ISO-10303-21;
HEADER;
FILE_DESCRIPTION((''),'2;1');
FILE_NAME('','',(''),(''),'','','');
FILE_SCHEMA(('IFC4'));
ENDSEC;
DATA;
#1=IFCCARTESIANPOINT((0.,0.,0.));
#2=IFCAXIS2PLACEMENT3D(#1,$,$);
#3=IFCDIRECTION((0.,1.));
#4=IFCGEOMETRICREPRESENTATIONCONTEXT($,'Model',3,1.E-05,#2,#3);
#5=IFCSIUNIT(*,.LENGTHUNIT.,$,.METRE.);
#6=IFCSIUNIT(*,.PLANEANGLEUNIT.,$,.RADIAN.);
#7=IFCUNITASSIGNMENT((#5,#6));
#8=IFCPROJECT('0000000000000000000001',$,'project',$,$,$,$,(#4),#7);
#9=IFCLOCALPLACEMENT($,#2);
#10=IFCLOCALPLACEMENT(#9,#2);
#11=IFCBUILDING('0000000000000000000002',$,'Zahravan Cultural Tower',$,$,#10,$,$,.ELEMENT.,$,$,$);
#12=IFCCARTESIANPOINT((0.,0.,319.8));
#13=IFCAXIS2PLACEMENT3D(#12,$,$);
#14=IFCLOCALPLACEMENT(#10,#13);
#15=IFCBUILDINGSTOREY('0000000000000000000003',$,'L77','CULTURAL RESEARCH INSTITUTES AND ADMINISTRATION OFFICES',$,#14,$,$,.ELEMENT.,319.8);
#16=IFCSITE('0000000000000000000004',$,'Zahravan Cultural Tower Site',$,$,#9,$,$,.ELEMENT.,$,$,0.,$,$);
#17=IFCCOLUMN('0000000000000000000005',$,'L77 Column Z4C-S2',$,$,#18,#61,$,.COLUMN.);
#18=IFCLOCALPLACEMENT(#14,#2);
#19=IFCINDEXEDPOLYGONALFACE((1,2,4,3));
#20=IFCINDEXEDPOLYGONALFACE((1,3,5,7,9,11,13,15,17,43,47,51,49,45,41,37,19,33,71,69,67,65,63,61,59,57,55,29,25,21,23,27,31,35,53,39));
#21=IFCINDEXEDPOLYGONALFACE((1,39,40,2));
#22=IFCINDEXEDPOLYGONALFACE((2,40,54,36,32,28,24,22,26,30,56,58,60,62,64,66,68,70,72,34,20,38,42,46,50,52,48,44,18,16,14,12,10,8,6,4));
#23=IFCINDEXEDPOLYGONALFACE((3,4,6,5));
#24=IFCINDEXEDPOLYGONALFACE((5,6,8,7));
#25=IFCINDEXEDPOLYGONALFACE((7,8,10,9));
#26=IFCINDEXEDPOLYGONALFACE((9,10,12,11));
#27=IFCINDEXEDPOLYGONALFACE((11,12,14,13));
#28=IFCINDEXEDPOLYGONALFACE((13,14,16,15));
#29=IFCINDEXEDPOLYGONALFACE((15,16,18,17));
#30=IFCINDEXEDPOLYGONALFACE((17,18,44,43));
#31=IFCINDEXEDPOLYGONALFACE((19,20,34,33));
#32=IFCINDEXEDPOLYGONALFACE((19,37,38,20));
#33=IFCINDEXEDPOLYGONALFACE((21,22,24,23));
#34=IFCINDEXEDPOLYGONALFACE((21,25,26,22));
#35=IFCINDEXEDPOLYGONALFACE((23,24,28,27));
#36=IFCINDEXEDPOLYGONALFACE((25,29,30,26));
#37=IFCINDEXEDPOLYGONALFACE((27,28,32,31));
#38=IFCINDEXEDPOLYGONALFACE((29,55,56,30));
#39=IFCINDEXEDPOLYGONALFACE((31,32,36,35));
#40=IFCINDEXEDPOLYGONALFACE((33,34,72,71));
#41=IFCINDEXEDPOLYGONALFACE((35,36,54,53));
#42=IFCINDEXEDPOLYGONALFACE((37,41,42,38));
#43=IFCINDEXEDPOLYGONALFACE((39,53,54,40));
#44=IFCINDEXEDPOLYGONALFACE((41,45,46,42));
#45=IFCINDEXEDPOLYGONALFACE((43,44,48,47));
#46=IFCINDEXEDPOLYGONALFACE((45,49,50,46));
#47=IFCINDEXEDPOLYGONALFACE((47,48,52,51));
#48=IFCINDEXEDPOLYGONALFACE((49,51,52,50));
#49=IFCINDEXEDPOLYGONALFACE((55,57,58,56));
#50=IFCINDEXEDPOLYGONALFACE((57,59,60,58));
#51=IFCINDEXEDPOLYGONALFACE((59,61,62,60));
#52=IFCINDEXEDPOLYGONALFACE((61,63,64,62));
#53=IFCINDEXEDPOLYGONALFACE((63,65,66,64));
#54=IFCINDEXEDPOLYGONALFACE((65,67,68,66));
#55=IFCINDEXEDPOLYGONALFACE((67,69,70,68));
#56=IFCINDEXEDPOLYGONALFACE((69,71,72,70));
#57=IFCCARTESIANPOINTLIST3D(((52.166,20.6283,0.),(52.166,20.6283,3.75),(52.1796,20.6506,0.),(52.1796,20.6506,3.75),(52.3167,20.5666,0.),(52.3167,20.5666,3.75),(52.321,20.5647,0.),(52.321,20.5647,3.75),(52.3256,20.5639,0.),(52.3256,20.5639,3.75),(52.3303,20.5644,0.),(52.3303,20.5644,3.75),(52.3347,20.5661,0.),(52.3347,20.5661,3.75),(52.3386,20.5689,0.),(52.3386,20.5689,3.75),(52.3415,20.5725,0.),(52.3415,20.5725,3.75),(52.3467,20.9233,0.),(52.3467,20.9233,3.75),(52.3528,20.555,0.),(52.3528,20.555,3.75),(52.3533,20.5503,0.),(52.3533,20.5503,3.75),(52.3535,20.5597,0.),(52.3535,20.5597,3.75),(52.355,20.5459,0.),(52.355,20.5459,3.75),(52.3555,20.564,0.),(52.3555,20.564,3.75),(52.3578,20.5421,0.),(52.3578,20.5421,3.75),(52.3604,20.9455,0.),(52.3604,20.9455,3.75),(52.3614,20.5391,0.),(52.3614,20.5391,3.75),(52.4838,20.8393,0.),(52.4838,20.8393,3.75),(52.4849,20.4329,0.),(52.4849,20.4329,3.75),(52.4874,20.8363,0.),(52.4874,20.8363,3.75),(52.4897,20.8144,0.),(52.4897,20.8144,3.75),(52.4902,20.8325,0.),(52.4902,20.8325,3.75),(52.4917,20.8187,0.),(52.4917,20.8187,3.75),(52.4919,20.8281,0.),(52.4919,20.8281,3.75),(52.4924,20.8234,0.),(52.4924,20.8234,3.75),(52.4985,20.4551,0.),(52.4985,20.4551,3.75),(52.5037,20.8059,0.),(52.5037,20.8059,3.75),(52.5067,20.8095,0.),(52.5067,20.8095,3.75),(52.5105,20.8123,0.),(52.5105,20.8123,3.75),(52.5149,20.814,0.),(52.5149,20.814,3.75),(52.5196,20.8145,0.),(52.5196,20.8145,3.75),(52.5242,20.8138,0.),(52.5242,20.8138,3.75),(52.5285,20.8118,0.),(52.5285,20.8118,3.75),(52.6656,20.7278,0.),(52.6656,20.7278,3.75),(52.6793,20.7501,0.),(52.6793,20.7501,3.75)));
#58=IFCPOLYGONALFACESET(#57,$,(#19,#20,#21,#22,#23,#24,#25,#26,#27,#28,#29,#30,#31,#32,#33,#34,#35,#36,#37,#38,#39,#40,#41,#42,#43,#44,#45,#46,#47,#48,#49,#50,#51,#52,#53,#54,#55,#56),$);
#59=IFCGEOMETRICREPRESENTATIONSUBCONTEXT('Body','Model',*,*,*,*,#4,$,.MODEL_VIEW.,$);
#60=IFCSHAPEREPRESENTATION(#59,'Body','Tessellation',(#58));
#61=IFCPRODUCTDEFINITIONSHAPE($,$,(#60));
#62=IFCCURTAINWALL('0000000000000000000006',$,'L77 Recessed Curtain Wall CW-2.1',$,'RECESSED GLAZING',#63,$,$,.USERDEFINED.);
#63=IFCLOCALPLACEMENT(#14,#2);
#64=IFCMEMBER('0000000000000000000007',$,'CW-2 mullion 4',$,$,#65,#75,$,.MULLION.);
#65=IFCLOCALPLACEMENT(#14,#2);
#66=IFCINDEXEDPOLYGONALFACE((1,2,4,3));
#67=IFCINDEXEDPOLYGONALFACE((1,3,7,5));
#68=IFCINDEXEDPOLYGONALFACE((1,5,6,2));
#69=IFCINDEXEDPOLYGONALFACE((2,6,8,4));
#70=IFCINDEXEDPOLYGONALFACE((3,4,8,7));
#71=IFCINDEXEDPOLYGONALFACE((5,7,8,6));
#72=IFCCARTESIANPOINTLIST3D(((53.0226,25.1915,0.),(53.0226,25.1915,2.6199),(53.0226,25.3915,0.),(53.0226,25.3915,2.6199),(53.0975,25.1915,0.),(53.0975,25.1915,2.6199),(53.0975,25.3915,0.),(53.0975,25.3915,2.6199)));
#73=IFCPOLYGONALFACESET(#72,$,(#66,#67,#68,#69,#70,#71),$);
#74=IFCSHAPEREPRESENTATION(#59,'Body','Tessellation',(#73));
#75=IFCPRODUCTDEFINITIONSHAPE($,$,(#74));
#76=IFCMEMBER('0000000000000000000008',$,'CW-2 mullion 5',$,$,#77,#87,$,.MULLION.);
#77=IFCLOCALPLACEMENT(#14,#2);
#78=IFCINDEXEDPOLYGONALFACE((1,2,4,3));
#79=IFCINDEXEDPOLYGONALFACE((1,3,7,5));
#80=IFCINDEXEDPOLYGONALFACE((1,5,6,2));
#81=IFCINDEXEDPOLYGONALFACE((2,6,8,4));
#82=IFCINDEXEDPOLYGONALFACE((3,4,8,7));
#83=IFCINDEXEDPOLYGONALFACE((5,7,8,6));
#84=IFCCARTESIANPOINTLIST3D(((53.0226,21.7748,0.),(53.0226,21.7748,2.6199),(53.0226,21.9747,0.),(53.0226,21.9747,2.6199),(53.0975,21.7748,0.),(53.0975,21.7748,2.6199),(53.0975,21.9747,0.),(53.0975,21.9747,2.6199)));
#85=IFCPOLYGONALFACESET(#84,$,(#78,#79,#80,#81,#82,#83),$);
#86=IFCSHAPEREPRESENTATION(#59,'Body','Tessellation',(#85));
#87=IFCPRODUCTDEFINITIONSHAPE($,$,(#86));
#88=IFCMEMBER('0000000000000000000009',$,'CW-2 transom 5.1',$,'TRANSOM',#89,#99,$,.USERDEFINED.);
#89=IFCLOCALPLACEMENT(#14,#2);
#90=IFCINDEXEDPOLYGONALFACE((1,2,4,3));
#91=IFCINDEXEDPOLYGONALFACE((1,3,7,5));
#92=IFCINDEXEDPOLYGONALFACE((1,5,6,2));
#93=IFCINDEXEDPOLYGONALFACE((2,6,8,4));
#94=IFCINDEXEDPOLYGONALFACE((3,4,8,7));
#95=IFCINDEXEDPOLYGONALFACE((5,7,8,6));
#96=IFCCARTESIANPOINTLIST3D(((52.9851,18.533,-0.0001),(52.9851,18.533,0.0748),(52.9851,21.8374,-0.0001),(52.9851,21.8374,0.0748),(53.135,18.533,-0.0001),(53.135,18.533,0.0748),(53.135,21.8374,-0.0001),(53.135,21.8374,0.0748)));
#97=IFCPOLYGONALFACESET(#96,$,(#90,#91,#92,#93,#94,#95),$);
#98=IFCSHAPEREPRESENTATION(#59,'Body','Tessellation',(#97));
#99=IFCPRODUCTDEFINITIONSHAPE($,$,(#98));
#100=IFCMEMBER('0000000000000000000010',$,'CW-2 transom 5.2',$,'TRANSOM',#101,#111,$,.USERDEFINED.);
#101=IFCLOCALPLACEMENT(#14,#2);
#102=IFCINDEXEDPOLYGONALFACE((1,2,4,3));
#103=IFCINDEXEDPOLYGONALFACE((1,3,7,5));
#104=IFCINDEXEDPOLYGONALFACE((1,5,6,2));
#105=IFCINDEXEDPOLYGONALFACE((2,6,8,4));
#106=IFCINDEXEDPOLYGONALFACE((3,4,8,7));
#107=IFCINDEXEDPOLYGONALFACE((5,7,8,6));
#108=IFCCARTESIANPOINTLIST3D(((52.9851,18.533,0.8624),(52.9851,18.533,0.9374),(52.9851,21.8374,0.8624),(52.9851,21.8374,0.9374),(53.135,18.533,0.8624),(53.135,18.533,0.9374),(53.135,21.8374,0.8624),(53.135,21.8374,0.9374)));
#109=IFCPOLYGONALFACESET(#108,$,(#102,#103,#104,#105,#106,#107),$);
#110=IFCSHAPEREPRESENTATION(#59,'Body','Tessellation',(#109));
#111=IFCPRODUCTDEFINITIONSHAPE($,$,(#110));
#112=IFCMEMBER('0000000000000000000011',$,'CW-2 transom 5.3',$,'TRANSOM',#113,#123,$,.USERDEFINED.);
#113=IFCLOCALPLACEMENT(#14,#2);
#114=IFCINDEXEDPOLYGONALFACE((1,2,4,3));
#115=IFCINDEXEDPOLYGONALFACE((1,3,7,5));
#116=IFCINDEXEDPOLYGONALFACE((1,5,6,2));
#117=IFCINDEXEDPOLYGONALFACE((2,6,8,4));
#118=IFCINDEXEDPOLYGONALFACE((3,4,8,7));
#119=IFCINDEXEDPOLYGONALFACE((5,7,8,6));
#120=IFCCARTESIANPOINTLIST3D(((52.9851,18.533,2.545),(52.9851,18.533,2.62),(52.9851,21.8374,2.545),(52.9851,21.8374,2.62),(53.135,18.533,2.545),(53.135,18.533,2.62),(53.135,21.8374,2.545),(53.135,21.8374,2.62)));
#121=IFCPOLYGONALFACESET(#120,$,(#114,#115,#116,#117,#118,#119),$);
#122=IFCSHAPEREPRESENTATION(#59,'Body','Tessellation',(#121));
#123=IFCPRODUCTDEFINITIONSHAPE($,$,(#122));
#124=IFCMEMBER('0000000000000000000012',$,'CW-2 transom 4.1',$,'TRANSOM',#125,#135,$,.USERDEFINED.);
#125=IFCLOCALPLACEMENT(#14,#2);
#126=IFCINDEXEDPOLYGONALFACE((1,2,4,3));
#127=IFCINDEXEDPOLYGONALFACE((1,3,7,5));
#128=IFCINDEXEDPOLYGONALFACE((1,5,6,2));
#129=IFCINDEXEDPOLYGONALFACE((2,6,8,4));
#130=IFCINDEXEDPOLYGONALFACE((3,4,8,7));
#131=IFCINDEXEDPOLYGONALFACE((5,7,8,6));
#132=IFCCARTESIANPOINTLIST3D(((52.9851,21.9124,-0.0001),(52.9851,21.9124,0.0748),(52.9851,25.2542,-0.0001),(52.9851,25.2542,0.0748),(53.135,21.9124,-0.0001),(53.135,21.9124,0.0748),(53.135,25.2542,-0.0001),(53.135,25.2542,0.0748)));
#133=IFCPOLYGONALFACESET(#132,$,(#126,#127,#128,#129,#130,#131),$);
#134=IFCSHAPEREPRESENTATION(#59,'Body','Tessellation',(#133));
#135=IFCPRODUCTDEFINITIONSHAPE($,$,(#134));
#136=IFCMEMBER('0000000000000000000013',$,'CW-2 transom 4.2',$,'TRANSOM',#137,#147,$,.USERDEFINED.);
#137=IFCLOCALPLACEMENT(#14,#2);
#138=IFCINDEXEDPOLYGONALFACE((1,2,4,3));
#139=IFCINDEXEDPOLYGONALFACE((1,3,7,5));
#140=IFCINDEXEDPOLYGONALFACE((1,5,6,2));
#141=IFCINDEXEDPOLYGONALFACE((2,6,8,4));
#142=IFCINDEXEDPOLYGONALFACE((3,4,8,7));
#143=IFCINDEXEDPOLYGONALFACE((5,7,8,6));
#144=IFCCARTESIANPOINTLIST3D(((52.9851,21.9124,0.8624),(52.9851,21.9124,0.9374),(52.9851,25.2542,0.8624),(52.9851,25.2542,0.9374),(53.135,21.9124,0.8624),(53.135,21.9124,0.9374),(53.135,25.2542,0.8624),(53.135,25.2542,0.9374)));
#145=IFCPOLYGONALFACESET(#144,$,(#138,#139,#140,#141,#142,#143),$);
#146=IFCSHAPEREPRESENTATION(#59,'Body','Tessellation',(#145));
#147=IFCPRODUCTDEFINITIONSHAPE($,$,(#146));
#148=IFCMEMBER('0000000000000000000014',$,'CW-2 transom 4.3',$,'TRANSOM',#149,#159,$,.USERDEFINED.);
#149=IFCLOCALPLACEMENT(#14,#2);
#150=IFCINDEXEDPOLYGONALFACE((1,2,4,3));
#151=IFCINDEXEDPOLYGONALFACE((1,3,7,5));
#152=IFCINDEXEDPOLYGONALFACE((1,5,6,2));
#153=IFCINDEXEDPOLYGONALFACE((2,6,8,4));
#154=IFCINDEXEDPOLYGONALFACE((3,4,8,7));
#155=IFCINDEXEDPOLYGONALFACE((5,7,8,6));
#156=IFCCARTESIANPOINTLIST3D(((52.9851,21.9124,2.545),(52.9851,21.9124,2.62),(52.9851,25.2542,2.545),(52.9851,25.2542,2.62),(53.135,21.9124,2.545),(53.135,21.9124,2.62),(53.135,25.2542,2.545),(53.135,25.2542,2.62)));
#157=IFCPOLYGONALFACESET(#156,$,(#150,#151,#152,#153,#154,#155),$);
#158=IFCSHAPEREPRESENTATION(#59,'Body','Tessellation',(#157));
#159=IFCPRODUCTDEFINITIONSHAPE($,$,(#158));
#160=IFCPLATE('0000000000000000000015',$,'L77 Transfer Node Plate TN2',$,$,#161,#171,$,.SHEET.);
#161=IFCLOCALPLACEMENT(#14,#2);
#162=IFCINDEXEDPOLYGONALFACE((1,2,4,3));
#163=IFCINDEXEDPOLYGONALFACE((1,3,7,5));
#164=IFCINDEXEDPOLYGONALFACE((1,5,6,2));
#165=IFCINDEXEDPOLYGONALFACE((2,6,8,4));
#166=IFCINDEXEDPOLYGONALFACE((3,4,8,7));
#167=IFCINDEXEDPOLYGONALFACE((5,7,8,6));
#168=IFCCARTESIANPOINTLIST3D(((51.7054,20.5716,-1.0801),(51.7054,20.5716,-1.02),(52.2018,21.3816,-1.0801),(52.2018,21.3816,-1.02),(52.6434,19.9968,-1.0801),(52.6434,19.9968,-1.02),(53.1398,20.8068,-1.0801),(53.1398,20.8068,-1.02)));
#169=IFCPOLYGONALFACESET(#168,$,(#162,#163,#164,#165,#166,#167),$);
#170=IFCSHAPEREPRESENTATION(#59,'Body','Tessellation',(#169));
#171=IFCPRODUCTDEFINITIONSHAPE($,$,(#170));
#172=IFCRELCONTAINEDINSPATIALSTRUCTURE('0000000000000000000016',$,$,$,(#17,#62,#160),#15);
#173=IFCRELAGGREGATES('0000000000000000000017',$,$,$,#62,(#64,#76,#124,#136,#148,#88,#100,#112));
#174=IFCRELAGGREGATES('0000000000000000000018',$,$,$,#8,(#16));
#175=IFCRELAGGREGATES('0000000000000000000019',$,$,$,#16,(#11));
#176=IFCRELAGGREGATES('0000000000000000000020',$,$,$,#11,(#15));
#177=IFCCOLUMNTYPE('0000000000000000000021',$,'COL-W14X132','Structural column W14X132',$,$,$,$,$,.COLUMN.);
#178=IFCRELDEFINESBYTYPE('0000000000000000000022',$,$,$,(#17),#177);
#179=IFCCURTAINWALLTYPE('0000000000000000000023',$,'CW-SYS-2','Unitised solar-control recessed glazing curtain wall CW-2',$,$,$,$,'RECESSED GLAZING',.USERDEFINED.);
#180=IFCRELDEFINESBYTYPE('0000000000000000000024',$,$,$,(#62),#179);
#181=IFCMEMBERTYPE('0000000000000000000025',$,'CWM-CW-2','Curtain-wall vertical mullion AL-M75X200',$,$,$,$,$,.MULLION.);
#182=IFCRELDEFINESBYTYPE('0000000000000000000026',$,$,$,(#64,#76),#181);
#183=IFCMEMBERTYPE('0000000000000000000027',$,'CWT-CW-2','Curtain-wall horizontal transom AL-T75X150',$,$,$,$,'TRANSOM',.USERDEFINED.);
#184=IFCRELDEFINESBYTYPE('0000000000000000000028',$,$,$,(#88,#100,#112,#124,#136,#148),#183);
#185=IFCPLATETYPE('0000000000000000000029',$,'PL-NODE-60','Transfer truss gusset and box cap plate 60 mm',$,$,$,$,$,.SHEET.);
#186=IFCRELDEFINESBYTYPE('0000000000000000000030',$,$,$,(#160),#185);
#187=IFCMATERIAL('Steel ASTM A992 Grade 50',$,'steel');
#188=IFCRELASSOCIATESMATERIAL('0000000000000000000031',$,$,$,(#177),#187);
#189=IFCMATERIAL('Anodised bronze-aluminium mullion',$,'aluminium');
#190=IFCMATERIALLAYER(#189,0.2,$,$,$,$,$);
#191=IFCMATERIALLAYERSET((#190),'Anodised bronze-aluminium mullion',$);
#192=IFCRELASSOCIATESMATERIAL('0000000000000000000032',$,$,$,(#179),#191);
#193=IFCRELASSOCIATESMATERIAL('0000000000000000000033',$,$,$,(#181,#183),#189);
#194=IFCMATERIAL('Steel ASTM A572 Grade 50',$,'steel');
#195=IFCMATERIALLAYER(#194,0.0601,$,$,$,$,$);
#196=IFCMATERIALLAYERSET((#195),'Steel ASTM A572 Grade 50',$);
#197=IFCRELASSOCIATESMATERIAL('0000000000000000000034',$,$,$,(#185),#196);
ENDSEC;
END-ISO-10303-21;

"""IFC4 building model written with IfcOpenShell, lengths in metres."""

from ifc_helpers import new_model, si_unit, direction, frame, origin, origin_2d, place, context, subcontext, project, spatial, rectangle, i_section, extrude, source, transform, mapped, material, layer, layer_set, material_profile, profile_set, type_object, element, aggregate, save


model = new_model("IFC4")

# Units and contexts
model_context = context("Model", 3, precision=1e-05, world=origin(), true_north=direction((0.0, 1.0)))
body_context = subcontext(model_context, "Body", "Model", "MODEL_VIEW")
ifc_project = project(units=[si_unit("LENGTHUNIT", "METRE"), si_unit("PLANEANGLEUNIT", "RADIAN")], contexts=[model_context])

# Site, building, storey
site_placement = place(None, origin())
site = spatial("IfcSite", under=ifc_project, at=site_placement, Name="Zahravan Cultural Tower Site", CompositionType="ELEMENT", RefElevation=0.0)
building_placement = place(site_placement, origin())
building = spatial("IfcBuilding", under=site, at=building_placement, Name="Zahravan Cultural Tower", CompositionType="ELEMENT")
storey_placement = place(building_placement, frame((0.0, 0.0, 319.8)))
storey = spatial("IfcBuildingStorey", under=building, at=storey_placement, Name="L77", Description="CULTURAL RESEARCH INSTITUTES AND ADMINISTRATION OFFICES", CompositionType="ELEMENT", Elevation=319.8)

# Column
ifc_material_1 = material(Name="Steel ASTM A992 Grade 50", Category="steel")
ifc_material_profile_1 = material_profile(ifc_material_1, i_section(OverallWidth=0.374, OverallDepth=0.3721, WebThickness=0.0164, FlangeThickness=0.0261, FilletRadius=0.0181, at=origin_2d()), Name="W14X132")
ifc_profile_set_1 = profile_set([ifc_material_profile_1], Name="Steel ASTM A992 Grade 50")
column_type = type_object("IfcColumnType", Name="COL-W14X132", Description="Structural column W14X132", PredefinedType="COLUMN", material=ifc_profile_set_1)
shared_shape_1 = source(origin(), body_context, "Body", "SweptSolid", [
    extrude(i_section(OverallWidth=0.374, OverallDepth=0.3721, WebThickness=0.0164, FlangeThickness=0.0261, FilletRadius=0.0181, at=origin_2d()), origin(), (0.0, 0.0, 1.0), 3.75),
])
column_placement = place(storey_placement, frame((52.4226, 20.6892, 0.0), z_axis=(0.0, 0.0, 1.0), x_axis=(-0.85264, 0.522499, 0.0)))
element("IfcColumn", 1, at=column_placement, inside=storey, type_object=column_type, Name="L77 Column Z4C-S2", PredefinedType="COLUMN", context=body_context, shape_type="MappedRepresentation", body=[
    mapped(shared_shape_1, transform((0.0, 0.0, 0.0), x_axis=(1.0, 0.0, 0.0), y_axis=(0.0, 1.0, 0.0), z_axis=(0.0, 0.0, 1.0), scale=1.0)),
])

# Curtain wall, members
ifc_material_2 = material(Name="Anodised bronze-aluminium mullion", Category="aluminium")
ifc_layer_1 = layer(ifc_material_2, 0.2)
ifc_layer_set_1 = layer_set([ifc_layer_1], Name="Anodised bronze-aluminium mullion")
curtain_wall_type = type_object("IfcCurtainWallType", Name="CW-SYS-2", Description="Unitised solar-control recessed glazing curtain wall CW-2", ElementType="RECESSED GLAZING", PredefinedType="USERDEFINED", material=ifc_layer_set_1)
curtain_wall_placement = place(storey_placement, origin())
curtain_wall = element("IfcCurtainWall", 2, at=curtain_wall_placement, inside=storey, type_object=curtain_wall_type, Name="L77 Recessed Curtain Wall CW-2.1", ObjectType="RECESSED GLAZING", PredefinedType="USERDEFINED")
ifc_material_profile_2 = material_profile(ifc_material_2, rectangle(XDim=0.075, YDim=0.2, at=origin_2d()), Name="AL-M75X200")
ifc_profile_set_2 = profile_set([ifc_material_profile_2], Name="Anodised bronze-aluminium mullion")
member_type_1 = type_object("IfcMemberType", Name="CWM-CW-2", Description="Curtain-wall vertical mullion AL-M75X200", PredefinedType="MULLION", material=ifc_profile_set_2)
shared_shape_2 = source(origin(), body_context, "Body", "SweptSolid", [
    extrude(rectangle(XDim=0.075, YDim=0.2, at=origin_2d()), origin(), (0.0, 0.0, 1.0), 2.6199),
])
member_1_placement = place(storey_placement, frame((53.0601, 25.2915, 0.0), z_axis=(0.0, 0.0, 1.0), x_axis=(1.0, 0.0, 0.0)))
member_1 = element("IfcMember", 3, at=member_1_placement, type_object=member_type_1, Name="CW-2 mullion 4", PredefinedType="MULLION", context=body_context, shape_type="MappedRepresentation", body=[
    mapped(shared_shape_2, transform((0.0, 0.0, 0.0), x_axis=(1.0, 0.0, 0.0), y_axis=(0.0, 1.0, 0.0), z_axis=(0.0, 0.0, 1.0), scale=1.0)),
])
member_2_placement = place(storey_placement, frame((53.0601, 21.8748, 0.0), z_axis=(0.0, 0.0, 1.0), x_axis=(1.0, 0.0, 0.0)))
member_2 = element("IfcMember", 4, at=member_2_placement, type_object=member_type_1, Name="CW-2 mullion 5", PredefinedType="MULLION", context=body_context, shape_type="MappedRepresentation", body=[
    mapped(shared_shape_2, transform((0.0, 0.0, 0.0), x_axis=(1.0, 0.0, 0.0), y_axis=(0.0, 1.0, 0.0), z_axis=(0.0, 0.0, 1.0), scale=1.0)),
])
ifc_material_profile_3 = material_profile(ifc_material_2, rectangle(XDim=0.1499, YDim=0.075, at=origin_2d()), Name="AL-T75X150")
ifc_profile_set_3 = profile_set([ifc_material_profile_3], Name="Anodised bronze-aluminium mullion")
member_type_2 = type_object("IfcMemberType", Name="CWT-CW-2", Description="Curtain-wall horizontal transom AL-T75X150", ElementType="TRANSOM", PredefinedType="USERDEFINED", material=ifc_profile_set_3)
shared_shape_3 = source(origin(), body_context, "Body", "SweptSolid", [
    extrude(rectangle(XDim=0.1499, YDim=0.075, at=origin_2d()), origin(), (0.0, 0.0, 1.0), 3.3044),
])
member_3_placement = place(storey_placement, frame((53.0601, 21.8374, 0.0374), z_axis=(0.0, -1.0, 0.0), x_axis=(1.0, 0.0, 0.0)))
member_3 = element("IfcMember", 5, at=member_3_placement, type_object=member_type_2, Name="CW-2 transom 5.1", ObjectType="TRANSOM", PredefinedType="USERDEFINED", context=body_context, shape_type="MappedRepresentation", body=[
    mapped(shared_shape_3, transform((0.0, 0.0, 0.0), x_axis=(1.0, 0.0, 0.0), y_axis=(0.0, 1.0, 0.0), z_axis=(0.0, 0.0, 1.0), scale=1.0)),
])
member_4_placement = place(storey_placement, frame((53.0601, 21.8374, 0.8999), z_axis=(0.0, -1.0, 0.0), x_axis=(1.0, 0.0, 0.0)))
member_4 = element("IfcMember", 6, at=member_4_placement, type_object=member_type_2, Name="CW-2 transom 5.2", ObjectType="TRANSOM", PredefinedType="USERDEFINED", context=body_context, shape_type="MappedRepresentation", body=[
    mapped(shared_shape_3, transform((0.0, 0.0, 0.0), x_axis=(1.0, 0.0, 0.0), y_axis=(0.0, 1.0, 0.0), z_axis=(0.0, 0.0, 1.0), scale=1.0)),
])
member_5_placement = place(storey_placement, frame((53.0601, 21.8374, 2.5825), z_axis=(0.0, -1.0, 0.0), x_axis=(1.0, 0.0, 0.0)))
member_5 = element("IfcMember", 7, at=member_5_placement, type_object=member_type_2, Name="CW-2 transom 5.3", ObjectType="TRANSOM", PredefinedType="USERDEFINED", context=body_context, shape_type="MappedRepresentation", body=[
    mapped(shared_shape_3, transform((0.0, 0.0, 0.0), x_axis=(1.0, 0.0, 0.0), y_axis=(0.0, 1.0, 0.0), z_axis=(0.0, 0.0, 1.0), scale=1.0)),
])
shared_shape_4 = source(origin(), body_context, "Body", "SweptSolid", [
    extrude(rectangle(XDim=0.1499, YDim=0.075, at=origin_2d()), origin(), (0.0, 0.0, 1.0), 3.3418),
])
member_6_placement = place(storey_placement, frame((53.0601, 25.2542, 0.0374), z_axis=(0.0, -1.0, 0.0), x_axis=(1.0, 0.0, 0.0)))
member_6 = element("IfcMember", 8, at=member_6_placement, type_object=member_type_2, Name="CW-2 transom 4.1", ObjectType="TRANSOM", PredefinedType="USERDEFINED", context=body_context, shape_type="MappedRepresentation", body=[
    mapped(shared_shape_4, transform((0.0, 0.0, 0.0), x_axis=(1.0, 0.0, 0.0), y_axis=(0.0, 1.0, 0.0), z_axis=(0.0, 0.0, 1.0), scale=1.0)),
])
member_7_placement = place(storey_placement, frame((53.0601, 25.2542, 0.8999), z_axis=(0.0, -1.0, 0.0), x_axis=(1.0, 0.0, 0.0)))
member_7 = element("IfcMember", 9, at=member_7_placement, type_object=member_type_2, Name="CW-2 transom 4.2", ObjectType="TRANSOM", PredefinedType="USERDEFINED", context=body_context, shape_type="MappedRepresentation", body=[
    mapped(shared_shape_4, transform((0.0, 0.0, 0.0), x_axis=(1.0, 0.0, 0.0), y_axis=(0.0, 1.0, 0.0), z_axis=(0.0, 0.0, 1.0), scale=1.0)),
])
member_8_placement = place(storey_placement, frame((53.0601, 25.2542, 2.5825), z_axis=(0.0, -1.0, 0.0), x_axis=(1.0, 0.0, 0.0)))
member_8 = element("IfcMember", 10, at=member_8_placement, type_object=member_type_2, Name="CW-2 transom 4.3", ObjectType="TRANSOM", PredefinedType="USERDEFINED", context=body_context, shape_type="MappedRepresentation", body=[
    mapped(shared_shape_4, transform((0.0, 0.0, 0.0), x_axis=(1.0, 0.0, 0.0), y_axis=(0.0, 1.0, 0.0), z_axis=(0.0, 0.0, 1.0), scale=1.0)),
])

# Plate
ifc_material_3 = material(Name="Steel ASTM A572 Grade 50", Category="steel")
ifc_layer_2 = layer(ifc_material_3, 0.0601)
ifc_layer_set_2 = layer_set([ifc_layer_2], Name="Steel ASTM A572 Grade 50")
plate_type_1 = type_object("IfcPlateType", Name="PL-NODE-60", Description="Transfer truss gusset and box cap plate 60 mm", PredefinedType="SHEET", material=ifc_layer_set_2)
shared_shape_5 = source(origin(), body_context, "Body", "SweptSolid", [
    extrude(rectangle(XDim=1.1001, YDim=0.95, at=origin_2d()), origin(), (0.0, 0.0, 1.0), 0.0601),
])
plate_1_placement = place(storey_placement, frame((52.4226, 20.6892, -1.0801), z_axis=(0.0, 0.0, 1.0), x_axis=(-0.85264, 0.522499, 0.0)))
element("IfcPlate", 11, at=plate_1_placement, inside=storey, type_object=plate_type_1, Name="L77 Transfer Node Plate TN2", PredefinedType="SHEET", context=body_context, shape_type="MappedRepresentation", body=[
    mapped(shared_shape_5, transform((0.0, 0.0, 0.0), x_axis=(1.0, 0.0, 0.0), y_axis=(0.0, 1.0, 0.0), z_axis=(0.0, 0.0, 1.0), scale=1.0)),
])
aggregate(curtain_wall, [member_1, member_2, member_6, member_7, member_8, member_3, member_4, member_5])

save(model, "model.ifc")
